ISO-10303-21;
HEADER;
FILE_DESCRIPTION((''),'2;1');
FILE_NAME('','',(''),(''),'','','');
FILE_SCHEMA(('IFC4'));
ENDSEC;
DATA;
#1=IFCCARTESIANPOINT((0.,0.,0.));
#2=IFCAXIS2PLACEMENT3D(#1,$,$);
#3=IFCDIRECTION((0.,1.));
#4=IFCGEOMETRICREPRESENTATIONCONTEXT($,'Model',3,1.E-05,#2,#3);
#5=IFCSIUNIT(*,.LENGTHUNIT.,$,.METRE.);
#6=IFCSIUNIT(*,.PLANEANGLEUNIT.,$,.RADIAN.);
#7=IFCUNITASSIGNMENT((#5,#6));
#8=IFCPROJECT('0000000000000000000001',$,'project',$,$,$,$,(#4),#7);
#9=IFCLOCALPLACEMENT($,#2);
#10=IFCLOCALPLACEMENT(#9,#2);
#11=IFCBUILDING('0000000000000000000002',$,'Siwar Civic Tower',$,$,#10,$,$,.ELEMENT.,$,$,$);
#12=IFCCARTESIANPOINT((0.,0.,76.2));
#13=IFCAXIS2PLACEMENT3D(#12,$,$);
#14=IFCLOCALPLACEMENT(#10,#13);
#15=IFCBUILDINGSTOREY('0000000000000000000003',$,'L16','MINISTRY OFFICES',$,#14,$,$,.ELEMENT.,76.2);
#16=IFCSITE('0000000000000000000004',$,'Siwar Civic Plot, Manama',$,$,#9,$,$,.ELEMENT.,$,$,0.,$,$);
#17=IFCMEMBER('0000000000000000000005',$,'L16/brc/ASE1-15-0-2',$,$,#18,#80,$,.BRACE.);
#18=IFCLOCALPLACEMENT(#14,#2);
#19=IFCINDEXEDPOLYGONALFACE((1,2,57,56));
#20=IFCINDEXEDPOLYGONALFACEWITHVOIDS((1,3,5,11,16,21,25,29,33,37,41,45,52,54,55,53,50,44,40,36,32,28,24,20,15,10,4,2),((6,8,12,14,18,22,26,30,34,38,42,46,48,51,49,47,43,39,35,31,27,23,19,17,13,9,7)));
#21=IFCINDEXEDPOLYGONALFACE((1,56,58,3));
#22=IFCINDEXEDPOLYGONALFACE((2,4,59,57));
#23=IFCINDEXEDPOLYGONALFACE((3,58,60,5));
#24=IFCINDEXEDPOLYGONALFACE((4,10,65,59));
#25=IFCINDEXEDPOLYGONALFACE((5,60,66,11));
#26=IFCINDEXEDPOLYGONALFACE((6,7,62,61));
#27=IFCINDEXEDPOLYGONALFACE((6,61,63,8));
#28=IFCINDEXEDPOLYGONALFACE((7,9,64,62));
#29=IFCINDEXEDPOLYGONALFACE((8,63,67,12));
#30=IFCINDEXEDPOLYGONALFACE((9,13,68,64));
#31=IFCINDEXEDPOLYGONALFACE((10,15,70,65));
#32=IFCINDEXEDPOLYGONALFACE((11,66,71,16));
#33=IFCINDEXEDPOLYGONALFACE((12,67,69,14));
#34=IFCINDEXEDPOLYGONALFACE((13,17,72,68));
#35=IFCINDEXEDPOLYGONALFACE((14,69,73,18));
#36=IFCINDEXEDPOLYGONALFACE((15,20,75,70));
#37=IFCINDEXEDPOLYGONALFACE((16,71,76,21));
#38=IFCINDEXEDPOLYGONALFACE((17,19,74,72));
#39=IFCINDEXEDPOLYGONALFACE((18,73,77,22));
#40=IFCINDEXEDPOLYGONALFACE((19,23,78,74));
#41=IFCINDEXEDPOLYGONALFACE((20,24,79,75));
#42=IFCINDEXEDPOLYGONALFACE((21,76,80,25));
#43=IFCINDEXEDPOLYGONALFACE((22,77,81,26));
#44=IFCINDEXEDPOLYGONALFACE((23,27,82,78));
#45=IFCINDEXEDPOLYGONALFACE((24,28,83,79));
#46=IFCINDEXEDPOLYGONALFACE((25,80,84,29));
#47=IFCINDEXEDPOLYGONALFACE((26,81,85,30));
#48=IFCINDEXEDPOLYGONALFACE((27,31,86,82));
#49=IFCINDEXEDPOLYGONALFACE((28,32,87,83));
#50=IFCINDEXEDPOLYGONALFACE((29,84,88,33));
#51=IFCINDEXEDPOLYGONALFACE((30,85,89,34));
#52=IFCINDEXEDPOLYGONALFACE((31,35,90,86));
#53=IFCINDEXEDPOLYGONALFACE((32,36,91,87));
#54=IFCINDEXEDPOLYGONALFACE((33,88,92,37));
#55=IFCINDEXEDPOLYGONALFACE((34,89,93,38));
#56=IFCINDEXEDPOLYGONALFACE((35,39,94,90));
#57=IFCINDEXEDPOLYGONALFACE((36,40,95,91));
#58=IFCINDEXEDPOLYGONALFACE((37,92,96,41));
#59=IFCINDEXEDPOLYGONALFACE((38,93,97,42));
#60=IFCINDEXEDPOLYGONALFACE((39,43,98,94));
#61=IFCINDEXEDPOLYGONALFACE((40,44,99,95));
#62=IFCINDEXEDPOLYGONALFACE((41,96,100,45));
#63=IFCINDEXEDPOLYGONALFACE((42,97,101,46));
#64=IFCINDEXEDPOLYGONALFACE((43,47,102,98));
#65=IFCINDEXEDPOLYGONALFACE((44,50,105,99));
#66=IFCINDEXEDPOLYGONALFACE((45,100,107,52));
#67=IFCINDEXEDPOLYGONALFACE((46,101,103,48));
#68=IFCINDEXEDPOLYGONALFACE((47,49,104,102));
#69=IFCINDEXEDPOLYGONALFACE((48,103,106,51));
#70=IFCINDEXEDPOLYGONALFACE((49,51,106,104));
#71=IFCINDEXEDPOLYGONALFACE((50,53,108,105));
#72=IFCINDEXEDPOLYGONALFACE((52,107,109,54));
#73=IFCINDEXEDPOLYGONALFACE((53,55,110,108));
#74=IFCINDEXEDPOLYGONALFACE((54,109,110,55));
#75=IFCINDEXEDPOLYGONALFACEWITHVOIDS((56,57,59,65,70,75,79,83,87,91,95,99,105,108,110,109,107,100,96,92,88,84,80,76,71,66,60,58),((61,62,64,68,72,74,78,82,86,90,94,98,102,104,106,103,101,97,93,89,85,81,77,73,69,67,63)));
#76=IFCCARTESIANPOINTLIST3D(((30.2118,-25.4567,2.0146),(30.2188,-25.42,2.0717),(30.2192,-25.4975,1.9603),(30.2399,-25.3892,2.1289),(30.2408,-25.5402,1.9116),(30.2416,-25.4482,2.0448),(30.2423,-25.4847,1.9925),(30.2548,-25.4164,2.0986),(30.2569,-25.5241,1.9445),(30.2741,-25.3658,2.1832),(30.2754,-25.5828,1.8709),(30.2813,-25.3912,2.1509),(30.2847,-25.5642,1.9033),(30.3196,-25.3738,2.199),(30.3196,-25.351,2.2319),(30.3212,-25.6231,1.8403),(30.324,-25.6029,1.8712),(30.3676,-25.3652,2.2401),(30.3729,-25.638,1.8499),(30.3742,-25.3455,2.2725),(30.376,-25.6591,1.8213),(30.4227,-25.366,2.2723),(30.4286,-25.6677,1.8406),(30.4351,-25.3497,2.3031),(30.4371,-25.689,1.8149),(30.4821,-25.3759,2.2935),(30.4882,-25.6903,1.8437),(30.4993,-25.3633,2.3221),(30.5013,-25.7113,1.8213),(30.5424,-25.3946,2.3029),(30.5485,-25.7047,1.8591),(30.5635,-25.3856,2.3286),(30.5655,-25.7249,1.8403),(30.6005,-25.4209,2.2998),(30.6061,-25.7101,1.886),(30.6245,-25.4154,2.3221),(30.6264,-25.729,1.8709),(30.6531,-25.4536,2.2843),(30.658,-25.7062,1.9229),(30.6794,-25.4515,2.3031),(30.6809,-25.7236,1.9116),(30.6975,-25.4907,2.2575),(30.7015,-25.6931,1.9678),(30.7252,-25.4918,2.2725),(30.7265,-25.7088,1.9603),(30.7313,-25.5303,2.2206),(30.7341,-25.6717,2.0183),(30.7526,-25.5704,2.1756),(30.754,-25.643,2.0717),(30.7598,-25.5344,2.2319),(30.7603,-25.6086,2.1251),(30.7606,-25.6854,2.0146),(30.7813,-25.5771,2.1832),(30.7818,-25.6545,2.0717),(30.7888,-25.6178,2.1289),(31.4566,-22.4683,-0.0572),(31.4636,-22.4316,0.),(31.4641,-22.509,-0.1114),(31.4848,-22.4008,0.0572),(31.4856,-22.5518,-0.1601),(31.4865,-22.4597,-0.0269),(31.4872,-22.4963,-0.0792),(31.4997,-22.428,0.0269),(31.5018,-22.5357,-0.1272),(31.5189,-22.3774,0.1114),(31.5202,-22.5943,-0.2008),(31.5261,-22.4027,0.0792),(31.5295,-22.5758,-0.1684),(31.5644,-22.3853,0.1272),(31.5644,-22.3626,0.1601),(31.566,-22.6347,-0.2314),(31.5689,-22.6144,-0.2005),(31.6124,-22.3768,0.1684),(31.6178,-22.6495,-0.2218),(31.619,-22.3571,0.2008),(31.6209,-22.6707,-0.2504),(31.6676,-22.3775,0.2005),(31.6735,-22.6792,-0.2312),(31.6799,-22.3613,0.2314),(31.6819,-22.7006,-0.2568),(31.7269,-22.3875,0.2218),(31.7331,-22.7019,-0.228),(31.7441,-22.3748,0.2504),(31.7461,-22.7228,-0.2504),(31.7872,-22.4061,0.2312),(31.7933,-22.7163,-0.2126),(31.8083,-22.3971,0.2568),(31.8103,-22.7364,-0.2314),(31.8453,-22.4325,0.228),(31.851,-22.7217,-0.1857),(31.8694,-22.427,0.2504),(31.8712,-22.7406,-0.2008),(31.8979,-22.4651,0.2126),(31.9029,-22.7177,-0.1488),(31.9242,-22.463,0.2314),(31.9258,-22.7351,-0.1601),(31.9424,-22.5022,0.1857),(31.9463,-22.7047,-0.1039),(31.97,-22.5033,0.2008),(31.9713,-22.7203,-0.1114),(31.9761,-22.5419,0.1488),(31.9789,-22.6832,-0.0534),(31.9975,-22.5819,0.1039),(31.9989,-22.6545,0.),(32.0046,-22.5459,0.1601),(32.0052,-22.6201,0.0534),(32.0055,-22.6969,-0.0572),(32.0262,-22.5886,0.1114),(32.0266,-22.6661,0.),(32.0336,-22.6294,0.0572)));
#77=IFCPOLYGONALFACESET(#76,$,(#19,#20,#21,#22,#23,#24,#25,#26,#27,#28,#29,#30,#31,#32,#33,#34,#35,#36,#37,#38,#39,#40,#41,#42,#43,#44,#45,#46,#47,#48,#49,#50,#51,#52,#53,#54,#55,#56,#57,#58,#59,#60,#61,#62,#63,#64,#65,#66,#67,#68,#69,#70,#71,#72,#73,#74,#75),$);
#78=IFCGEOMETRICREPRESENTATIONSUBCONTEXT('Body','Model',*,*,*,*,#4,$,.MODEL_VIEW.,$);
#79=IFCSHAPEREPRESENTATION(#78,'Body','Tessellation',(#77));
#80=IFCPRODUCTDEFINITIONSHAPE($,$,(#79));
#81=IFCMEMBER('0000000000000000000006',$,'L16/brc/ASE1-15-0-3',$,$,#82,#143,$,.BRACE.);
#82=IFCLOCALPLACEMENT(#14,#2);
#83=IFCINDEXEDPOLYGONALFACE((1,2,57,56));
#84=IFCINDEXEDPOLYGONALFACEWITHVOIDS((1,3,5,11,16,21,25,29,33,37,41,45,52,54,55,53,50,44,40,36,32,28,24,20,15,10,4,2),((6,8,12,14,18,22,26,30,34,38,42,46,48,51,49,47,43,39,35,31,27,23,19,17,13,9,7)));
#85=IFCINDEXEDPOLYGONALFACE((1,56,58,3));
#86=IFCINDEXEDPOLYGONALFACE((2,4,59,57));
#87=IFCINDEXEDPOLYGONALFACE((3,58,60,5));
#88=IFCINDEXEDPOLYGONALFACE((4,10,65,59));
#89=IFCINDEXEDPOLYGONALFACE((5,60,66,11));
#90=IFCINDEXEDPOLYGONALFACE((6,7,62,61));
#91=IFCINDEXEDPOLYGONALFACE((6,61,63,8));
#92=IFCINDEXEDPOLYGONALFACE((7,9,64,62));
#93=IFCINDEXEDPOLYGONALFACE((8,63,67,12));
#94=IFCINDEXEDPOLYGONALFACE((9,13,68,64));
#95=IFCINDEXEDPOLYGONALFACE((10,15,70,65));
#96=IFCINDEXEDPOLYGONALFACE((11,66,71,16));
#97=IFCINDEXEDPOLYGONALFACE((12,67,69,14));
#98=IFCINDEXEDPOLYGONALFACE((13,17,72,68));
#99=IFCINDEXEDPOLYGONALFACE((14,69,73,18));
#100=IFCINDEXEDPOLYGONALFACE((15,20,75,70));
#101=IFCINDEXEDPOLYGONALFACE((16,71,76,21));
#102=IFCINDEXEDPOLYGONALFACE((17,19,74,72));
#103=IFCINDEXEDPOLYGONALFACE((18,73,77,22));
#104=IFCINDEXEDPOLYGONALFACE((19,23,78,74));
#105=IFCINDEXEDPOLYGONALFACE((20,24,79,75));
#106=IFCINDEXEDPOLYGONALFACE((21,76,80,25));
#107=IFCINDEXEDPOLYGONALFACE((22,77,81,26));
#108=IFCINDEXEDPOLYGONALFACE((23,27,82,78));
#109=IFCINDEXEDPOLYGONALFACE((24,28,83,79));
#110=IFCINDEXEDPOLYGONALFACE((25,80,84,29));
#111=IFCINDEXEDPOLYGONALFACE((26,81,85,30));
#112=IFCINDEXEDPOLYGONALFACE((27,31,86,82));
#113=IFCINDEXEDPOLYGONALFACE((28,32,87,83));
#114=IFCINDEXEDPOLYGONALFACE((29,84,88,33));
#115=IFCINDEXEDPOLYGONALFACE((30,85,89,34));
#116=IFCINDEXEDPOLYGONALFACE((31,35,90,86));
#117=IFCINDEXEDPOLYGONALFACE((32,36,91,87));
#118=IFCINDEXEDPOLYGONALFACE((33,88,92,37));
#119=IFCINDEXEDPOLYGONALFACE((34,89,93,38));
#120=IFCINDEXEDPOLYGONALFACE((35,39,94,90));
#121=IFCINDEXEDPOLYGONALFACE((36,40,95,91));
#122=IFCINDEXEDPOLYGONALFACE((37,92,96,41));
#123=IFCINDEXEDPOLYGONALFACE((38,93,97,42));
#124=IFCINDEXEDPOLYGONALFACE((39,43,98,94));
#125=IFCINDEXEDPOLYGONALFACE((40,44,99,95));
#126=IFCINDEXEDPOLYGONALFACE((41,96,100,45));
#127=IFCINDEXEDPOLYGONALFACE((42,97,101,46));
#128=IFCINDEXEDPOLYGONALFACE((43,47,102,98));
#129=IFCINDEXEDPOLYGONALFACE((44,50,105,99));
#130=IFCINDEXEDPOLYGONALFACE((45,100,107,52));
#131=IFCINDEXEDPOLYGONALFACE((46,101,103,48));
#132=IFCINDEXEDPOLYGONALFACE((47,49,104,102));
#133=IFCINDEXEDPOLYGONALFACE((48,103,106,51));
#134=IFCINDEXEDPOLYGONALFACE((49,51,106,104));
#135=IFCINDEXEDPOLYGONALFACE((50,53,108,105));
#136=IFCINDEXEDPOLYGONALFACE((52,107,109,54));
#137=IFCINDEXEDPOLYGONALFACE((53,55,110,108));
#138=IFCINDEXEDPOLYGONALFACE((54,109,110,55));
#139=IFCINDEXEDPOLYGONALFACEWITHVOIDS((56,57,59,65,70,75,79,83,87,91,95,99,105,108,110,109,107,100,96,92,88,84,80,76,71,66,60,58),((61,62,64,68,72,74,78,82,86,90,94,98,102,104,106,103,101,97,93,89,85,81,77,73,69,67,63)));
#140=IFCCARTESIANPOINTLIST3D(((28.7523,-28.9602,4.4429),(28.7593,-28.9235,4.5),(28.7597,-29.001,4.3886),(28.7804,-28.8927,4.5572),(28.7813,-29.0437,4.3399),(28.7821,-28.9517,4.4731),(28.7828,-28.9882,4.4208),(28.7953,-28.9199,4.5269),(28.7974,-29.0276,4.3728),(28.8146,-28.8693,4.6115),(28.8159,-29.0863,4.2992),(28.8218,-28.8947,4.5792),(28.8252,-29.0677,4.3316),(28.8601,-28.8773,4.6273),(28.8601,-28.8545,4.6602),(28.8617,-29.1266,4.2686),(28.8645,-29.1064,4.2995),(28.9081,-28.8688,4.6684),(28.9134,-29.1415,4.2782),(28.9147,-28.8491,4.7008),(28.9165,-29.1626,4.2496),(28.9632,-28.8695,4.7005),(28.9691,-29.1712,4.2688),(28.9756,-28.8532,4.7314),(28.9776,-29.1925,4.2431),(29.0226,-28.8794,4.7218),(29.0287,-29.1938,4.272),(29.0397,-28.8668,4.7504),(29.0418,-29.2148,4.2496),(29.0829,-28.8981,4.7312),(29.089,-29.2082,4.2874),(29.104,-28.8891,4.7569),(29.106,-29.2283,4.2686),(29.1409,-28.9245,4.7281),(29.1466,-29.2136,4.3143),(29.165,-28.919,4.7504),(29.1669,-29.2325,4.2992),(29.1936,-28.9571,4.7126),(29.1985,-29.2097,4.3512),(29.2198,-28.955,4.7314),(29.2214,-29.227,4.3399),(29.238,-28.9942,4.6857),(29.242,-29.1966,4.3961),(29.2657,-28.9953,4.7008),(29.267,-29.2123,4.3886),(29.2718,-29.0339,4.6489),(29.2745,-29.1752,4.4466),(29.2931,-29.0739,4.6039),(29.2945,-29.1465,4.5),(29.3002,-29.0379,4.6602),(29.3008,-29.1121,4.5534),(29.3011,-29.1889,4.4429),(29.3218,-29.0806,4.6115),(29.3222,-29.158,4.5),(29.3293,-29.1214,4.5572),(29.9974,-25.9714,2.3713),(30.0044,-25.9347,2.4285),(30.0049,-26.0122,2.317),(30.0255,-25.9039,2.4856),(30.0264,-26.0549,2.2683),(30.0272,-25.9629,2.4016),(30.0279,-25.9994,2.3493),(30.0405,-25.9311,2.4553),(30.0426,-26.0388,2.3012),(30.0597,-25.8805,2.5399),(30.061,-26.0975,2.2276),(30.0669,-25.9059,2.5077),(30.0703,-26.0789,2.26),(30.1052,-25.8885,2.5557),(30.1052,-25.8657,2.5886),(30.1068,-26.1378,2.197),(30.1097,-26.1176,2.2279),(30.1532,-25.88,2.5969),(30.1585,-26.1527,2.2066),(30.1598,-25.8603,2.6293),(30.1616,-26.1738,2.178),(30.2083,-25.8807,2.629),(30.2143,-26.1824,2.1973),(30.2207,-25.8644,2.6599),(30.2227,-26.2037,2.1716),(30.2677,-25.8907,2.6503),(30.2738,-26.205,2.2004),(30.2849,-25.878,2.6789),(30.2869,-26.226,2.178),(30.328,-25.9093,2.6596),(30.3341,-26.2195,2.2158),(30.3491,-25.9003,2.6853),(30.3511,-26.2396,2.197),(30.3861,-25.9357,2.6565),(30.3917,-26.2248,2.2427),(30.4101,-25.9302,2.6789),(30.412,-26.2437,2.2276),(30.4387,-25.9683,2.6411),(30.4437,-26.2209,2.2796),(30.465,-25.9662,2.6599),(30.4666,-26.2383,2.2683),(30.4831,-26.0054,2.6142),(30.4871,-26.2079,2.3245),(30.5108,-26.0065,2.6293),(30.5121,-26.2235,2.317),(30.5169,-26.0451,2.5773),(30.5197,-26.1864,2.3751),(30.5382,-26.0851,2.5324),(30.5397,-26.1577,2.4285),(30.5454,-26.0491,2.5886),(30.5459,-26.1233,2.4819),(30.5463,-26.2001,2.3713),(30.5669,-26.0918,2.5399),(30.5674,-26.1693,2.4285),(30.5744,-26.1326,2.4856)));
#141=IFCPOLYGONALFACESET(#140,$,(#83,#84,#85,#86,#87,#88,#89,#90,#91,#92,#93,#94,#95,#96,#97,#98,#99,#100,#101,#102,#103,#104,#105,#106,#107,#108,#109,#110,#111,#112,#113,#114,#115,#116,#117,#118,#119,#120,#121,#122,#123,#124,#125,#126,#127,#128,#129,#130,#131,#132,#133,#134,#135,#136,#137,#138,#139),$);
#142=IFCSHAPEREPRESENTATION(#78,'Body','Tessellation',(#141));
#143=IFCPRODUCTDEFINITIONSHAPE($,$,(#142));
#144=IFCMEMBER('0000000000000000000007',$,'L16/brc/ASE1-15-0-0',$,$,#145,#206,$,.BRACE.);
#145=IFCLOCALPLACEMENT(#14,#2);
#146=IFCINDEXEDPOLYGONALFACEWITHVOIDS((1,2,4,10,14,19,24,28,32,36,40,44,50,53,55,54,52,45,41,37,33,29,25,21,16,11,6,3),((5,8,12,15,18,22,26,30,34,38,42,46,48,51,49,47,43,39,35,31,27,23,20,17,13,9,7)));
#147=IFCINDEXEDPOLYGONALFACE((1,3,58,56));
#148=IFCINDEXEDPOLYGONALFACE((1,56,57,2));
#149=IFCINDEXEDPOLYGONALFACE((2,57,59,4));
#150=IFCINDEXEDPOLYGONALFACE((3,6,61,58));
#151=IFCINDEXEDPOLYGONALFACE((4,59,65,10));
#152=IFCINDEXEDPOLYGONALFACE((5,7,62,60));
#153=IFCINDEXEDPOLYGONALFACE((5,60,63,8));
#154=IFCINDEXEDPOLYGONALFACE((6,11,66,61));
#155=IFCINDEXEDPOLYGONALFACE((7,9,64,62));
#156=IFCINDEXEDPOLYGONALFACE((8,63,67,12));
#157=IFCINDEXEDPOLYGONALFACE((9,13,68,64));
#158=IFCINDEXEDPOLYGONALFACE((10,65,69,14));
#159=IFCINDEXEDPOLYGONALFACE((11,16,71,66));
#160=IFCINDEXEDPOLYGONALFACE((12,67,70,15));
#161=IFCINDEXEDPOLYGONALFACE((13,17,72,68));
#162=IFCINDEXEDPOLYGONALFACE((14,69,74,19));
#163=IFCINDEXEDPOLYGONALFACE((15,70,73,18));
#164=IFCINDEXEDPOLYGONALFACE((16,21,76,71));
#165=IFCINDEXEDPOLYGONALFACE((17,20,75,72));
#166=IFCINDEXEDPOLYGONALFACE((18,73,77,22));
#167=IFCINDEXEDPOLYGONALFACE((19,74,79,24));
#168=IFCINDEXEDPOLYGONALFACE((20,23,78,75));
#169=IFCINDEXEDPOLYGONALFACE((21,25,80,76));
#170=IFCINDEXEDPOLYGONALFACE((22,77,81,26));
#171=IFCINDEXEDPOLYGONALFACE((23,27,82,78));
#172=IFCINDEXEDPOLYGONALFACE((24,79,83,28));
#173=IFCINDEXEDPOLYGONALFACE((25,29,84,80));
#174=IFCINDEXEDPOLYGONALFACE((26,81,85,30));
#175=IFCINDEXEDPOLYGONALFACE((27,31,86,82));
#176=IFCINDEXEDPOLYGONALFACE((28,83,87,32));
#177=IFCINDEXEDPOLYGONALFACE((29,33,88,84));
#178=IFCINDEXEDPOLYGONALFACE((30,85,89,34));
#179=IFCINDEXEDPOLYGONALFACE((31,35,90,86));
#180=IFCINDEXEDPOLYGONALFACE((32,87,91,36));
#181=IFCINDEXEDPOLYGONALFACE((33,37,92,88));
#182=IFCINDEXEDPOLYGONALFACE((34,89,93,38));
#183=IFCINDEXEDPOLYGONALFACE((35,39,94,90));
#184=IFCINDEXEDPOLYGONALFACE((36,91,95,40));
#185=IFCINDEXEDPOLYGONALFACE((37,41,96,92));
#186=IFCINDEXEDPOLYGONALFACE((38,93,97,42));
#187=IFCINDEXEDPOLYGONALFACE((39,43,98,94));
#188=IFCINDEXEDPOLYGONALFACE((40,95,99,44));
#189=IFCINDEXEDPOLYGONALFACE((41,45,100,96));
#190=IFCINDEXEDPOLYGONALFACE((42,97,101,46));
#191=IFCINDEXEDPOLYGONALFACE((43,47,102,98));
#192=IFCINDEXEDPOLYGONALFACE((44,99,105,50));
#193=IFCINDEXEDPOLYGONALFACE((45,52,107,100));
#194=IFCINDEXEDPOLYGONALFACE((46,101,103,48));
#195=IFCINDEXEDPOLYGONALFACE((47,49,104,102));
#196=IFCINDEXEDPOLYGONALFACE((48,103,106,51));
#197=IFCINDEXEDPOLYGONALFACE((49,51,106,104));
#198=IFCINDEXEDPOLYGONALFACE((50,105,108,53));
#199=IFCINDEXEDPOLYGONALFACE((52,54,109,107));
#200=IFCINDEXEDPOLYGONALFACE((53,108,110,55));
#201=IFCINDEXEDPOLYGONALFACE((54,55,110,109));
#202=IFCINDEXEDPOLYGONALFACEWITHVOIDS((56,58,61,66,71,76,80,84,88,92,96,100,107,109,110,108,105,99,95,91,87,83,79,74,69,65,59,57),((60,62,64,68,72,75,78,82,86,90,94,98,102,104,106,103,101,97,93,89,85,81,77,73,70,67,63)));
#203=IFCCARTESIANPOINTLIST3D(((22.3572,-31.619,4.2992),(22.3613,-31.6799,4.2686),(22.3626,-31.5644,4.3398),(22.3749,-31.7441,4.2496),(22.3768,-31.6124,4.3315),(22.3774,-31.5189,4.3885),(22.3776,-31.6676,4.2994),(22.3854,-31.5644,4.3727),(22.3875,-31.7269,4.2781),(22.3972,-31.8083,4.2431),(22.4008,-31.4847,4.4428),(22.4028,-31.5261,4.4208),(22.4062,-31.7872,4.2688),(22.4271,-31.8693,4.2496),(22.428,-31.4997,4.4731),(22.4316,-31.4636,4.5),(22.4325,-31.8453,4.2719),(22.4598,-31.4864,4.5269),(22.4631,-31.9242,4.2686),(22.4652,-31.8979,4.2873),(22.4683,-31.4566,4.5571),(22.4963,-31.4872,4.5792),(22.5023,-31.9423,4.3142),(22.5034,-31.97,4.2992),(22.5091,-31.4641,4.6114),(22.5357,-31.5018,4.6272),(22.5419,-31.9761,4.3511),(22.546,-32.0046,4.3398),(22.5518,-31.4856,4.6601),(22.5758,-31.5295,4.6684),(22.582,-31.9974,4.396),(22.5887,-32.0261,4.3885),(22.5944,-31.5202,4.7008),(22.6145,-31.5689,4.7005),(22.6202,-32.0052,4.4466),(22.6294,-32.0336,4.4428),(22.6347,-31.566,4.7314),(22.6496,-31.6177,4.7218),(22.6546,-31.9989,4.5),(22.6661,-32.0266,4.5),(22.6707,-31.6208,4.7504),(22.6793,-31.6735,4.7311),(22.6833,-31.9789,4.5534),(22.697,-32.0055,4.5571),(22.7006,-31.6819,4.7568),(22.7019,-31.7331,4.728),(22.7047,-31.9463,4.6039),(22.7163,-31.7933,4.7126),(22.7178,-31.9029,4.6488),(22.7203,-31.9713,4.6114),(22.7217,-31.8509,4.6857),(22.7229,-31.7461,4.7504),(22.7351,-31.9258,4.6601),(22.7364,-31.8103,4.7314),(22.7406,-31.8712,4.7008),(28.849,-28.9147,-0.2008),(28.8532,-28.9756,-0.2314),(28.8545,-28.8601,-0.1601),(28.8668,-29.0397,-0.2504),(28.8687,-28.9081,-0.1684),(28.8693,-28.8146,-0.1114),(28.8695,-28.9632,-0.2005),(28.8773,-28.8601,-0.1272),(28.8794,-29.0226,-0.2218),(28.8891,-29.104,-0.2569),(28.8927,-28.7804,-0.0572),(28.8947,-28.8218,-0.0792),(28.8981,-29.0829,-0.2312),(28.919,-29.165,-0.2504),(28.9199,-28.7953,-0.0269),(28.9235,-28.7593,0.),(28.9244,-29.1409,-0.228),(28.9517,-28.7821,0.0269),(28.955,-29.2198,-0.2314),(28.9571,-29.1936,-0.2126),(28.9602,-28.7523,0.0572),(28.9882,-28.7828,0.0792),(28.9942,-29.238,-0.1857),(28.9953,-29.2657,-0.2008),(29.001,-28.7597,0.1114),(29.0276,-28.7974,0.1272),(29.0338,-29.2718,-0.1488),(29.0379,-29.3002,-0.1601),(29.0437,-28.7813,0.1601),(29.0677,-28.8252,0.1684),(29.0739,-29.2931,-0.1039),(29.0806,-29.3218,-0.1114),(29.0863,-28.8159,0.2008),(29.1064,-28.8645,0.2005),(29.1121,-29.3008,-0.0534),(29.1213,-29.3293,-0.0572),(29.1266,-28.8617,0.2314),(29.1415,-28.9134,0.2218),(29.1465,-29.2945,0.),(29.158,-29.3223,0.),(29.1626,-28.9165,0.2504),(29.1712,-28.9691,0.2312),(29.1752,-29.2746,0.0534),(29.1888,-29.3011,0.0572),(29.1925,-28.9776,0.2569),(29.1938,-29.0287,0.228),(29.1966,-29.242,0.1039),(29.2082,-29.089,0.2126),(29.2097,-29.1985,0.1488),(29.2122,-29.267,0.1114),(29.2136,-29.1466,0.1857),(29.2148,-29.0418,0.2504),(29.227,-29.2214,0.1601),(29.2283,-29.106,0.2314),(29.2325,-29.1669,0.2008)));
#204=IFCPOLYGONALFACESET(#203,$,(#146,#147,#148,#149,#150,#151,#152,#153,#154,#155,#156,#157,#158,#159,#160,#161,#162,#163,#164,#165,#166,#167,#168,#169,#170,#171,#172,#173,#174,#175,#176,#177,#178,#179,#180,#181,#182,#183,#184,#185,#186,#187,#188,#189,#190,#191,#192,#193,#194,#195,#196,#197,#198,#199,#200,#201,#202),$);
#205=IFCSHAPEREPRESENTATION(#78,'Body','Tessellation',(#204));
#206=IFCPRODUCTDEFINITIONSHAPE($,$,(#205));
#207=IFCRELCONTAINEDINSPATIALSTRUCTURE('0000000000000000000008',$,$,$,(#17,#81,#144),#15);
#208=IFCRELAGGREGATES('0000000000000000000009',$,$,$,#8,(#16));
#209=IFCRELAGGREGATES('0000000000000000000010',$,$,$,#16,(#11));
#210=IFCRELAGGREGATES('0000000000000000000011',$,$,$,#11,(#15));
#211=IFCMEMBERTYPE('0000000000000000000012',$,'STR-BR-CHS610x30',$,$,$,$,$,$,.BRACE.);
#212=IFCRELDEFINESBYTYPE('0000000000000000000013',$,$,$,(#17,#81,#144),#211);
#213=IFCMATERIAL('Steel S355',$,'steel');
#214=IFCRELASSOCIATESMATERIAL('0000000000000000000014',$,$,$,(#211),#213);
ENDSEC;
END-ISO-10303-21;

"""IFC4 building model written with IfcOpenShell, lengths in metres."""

from ifc_helpers import new_model, si_unit, direction, frame, origin, origin_2d, place, context, subcontext, project, spatial, hollow_circle, extrude, material, material_profile, profile_set, type_object, element, save


model = new_model("IFC4")

# Units and contexts
model_context = context("Model", 3, precision=1e-05, world=origin(), true_north=direction((0.0, 1.0)))
body_context = subcontext(model_context, "Body", "Model", "MODEL_VIEW")
ifc_project = project(units=[si_unit("LENGTHUNIT", "METRE"), si_unit("PLANEANGLEUNIT", "RADIAN")], contexts=[model_context])

# Site, building, storey
site_placement = place(None, origin())
site = spatial("IfcSite", under=ifc_project, at=site_placement, Name="Siwar Civic Plot, Manama", CompositionType="ELEMENT", RefElevation=0.0)
building_placement = place(site_placement, origin())
building = spatial("IfcBuilding", under=site, at=building_placement, Name="Siwar Civic Tower", CompositionType="ELEMENT")
storey_placement = place(building_placement, frame((0.0, 0.0, 76.2)))
storey = spatial("IfcBuildingStorey", under=building, at=storey_placement, Name="L16", Description="MINISTRY OFFICES", CompositionType="ELEMENT", Elevation=76.2)

# Members
ifc_material_1 = material(Name="Steel S355", Category="steel")
ifc_material_profile_1 = material_profile(ifc_material_1, hollow_circle(Radius=0.3049, WallThickness=0.03, at=origin_2d()), Name="CHS610x30")
ifc_profile_set_1 = profile_set([ifc_material_profile_1], Name="Steel S355")
member_type_1 = type_object("IfcMemberType", Name="STR-BR-CHS610x30", PredefinedType="BRACE", material=ifc_profile_set_1)
member_1_placement = place(storey_placement, frame((31.7451, -22.5488, 0.0), z_axis=(-0.323882, -0.777533, 0.53902), x_axis=(0.923115, -0.384524, 0.0)))
element("IfcMember", 1, at=member_1_placement, inside=storey, type_object=member_type_1, Name="L16/brc/ASE1-15-0-2", PredefinedType="BRACE", context=body_context, shape_type="SweptSolid", body=[
    extrude(hollow_circle(Radius=0.3049, WallThickness=0.03, at=origin_2d()), origin(), (0.0, 0.0, 1.0), 3.8435),
])
member_2_placement = place(storey_placement, frame((30.2859, -26.052, 2.4285), z_axis=(-0.323934, -0.777569, 0.538937), x_axis=(0.923099, -0.384562, 0.0)))
element("IfcMember", 2, at=member_2_placement, inside=storey, type_object=member_type_1, Name="L16/brc/ASE1-15-0-3", PredefinedType="BRACE", context=body_context, shape_type="SweptSolid", body=[
    extrude(hollow_circle(Radius=0.3049, WallThickness=0.03, at=origin_2d()), origin(), (0.0, 0.0, 1.0), 3.8438),
])
member_3_placement = place(storey_placement, frame((29.0408, -29.0408, 0.0), z_axis=(-0.777555, -0.323906, 0.538975), x_axis=(0.384539, -0.923109, 0.0)))
element("IfcMember", 3, at=member_3_placement, inside=storey, type_object=member_type_1, Name="L16/brc/ASE1-15-0-0", PredefinedType="BRACE", context=body_context, shape_type="SweptSolid", body=[
    extrude(hollow_circle(Radius=0.3049, WallThickness=0.03, at=origin_2d()), origin(), (0.0, 0.0, 1.0), 8.3491),
])

save(model, "model.ifc")
